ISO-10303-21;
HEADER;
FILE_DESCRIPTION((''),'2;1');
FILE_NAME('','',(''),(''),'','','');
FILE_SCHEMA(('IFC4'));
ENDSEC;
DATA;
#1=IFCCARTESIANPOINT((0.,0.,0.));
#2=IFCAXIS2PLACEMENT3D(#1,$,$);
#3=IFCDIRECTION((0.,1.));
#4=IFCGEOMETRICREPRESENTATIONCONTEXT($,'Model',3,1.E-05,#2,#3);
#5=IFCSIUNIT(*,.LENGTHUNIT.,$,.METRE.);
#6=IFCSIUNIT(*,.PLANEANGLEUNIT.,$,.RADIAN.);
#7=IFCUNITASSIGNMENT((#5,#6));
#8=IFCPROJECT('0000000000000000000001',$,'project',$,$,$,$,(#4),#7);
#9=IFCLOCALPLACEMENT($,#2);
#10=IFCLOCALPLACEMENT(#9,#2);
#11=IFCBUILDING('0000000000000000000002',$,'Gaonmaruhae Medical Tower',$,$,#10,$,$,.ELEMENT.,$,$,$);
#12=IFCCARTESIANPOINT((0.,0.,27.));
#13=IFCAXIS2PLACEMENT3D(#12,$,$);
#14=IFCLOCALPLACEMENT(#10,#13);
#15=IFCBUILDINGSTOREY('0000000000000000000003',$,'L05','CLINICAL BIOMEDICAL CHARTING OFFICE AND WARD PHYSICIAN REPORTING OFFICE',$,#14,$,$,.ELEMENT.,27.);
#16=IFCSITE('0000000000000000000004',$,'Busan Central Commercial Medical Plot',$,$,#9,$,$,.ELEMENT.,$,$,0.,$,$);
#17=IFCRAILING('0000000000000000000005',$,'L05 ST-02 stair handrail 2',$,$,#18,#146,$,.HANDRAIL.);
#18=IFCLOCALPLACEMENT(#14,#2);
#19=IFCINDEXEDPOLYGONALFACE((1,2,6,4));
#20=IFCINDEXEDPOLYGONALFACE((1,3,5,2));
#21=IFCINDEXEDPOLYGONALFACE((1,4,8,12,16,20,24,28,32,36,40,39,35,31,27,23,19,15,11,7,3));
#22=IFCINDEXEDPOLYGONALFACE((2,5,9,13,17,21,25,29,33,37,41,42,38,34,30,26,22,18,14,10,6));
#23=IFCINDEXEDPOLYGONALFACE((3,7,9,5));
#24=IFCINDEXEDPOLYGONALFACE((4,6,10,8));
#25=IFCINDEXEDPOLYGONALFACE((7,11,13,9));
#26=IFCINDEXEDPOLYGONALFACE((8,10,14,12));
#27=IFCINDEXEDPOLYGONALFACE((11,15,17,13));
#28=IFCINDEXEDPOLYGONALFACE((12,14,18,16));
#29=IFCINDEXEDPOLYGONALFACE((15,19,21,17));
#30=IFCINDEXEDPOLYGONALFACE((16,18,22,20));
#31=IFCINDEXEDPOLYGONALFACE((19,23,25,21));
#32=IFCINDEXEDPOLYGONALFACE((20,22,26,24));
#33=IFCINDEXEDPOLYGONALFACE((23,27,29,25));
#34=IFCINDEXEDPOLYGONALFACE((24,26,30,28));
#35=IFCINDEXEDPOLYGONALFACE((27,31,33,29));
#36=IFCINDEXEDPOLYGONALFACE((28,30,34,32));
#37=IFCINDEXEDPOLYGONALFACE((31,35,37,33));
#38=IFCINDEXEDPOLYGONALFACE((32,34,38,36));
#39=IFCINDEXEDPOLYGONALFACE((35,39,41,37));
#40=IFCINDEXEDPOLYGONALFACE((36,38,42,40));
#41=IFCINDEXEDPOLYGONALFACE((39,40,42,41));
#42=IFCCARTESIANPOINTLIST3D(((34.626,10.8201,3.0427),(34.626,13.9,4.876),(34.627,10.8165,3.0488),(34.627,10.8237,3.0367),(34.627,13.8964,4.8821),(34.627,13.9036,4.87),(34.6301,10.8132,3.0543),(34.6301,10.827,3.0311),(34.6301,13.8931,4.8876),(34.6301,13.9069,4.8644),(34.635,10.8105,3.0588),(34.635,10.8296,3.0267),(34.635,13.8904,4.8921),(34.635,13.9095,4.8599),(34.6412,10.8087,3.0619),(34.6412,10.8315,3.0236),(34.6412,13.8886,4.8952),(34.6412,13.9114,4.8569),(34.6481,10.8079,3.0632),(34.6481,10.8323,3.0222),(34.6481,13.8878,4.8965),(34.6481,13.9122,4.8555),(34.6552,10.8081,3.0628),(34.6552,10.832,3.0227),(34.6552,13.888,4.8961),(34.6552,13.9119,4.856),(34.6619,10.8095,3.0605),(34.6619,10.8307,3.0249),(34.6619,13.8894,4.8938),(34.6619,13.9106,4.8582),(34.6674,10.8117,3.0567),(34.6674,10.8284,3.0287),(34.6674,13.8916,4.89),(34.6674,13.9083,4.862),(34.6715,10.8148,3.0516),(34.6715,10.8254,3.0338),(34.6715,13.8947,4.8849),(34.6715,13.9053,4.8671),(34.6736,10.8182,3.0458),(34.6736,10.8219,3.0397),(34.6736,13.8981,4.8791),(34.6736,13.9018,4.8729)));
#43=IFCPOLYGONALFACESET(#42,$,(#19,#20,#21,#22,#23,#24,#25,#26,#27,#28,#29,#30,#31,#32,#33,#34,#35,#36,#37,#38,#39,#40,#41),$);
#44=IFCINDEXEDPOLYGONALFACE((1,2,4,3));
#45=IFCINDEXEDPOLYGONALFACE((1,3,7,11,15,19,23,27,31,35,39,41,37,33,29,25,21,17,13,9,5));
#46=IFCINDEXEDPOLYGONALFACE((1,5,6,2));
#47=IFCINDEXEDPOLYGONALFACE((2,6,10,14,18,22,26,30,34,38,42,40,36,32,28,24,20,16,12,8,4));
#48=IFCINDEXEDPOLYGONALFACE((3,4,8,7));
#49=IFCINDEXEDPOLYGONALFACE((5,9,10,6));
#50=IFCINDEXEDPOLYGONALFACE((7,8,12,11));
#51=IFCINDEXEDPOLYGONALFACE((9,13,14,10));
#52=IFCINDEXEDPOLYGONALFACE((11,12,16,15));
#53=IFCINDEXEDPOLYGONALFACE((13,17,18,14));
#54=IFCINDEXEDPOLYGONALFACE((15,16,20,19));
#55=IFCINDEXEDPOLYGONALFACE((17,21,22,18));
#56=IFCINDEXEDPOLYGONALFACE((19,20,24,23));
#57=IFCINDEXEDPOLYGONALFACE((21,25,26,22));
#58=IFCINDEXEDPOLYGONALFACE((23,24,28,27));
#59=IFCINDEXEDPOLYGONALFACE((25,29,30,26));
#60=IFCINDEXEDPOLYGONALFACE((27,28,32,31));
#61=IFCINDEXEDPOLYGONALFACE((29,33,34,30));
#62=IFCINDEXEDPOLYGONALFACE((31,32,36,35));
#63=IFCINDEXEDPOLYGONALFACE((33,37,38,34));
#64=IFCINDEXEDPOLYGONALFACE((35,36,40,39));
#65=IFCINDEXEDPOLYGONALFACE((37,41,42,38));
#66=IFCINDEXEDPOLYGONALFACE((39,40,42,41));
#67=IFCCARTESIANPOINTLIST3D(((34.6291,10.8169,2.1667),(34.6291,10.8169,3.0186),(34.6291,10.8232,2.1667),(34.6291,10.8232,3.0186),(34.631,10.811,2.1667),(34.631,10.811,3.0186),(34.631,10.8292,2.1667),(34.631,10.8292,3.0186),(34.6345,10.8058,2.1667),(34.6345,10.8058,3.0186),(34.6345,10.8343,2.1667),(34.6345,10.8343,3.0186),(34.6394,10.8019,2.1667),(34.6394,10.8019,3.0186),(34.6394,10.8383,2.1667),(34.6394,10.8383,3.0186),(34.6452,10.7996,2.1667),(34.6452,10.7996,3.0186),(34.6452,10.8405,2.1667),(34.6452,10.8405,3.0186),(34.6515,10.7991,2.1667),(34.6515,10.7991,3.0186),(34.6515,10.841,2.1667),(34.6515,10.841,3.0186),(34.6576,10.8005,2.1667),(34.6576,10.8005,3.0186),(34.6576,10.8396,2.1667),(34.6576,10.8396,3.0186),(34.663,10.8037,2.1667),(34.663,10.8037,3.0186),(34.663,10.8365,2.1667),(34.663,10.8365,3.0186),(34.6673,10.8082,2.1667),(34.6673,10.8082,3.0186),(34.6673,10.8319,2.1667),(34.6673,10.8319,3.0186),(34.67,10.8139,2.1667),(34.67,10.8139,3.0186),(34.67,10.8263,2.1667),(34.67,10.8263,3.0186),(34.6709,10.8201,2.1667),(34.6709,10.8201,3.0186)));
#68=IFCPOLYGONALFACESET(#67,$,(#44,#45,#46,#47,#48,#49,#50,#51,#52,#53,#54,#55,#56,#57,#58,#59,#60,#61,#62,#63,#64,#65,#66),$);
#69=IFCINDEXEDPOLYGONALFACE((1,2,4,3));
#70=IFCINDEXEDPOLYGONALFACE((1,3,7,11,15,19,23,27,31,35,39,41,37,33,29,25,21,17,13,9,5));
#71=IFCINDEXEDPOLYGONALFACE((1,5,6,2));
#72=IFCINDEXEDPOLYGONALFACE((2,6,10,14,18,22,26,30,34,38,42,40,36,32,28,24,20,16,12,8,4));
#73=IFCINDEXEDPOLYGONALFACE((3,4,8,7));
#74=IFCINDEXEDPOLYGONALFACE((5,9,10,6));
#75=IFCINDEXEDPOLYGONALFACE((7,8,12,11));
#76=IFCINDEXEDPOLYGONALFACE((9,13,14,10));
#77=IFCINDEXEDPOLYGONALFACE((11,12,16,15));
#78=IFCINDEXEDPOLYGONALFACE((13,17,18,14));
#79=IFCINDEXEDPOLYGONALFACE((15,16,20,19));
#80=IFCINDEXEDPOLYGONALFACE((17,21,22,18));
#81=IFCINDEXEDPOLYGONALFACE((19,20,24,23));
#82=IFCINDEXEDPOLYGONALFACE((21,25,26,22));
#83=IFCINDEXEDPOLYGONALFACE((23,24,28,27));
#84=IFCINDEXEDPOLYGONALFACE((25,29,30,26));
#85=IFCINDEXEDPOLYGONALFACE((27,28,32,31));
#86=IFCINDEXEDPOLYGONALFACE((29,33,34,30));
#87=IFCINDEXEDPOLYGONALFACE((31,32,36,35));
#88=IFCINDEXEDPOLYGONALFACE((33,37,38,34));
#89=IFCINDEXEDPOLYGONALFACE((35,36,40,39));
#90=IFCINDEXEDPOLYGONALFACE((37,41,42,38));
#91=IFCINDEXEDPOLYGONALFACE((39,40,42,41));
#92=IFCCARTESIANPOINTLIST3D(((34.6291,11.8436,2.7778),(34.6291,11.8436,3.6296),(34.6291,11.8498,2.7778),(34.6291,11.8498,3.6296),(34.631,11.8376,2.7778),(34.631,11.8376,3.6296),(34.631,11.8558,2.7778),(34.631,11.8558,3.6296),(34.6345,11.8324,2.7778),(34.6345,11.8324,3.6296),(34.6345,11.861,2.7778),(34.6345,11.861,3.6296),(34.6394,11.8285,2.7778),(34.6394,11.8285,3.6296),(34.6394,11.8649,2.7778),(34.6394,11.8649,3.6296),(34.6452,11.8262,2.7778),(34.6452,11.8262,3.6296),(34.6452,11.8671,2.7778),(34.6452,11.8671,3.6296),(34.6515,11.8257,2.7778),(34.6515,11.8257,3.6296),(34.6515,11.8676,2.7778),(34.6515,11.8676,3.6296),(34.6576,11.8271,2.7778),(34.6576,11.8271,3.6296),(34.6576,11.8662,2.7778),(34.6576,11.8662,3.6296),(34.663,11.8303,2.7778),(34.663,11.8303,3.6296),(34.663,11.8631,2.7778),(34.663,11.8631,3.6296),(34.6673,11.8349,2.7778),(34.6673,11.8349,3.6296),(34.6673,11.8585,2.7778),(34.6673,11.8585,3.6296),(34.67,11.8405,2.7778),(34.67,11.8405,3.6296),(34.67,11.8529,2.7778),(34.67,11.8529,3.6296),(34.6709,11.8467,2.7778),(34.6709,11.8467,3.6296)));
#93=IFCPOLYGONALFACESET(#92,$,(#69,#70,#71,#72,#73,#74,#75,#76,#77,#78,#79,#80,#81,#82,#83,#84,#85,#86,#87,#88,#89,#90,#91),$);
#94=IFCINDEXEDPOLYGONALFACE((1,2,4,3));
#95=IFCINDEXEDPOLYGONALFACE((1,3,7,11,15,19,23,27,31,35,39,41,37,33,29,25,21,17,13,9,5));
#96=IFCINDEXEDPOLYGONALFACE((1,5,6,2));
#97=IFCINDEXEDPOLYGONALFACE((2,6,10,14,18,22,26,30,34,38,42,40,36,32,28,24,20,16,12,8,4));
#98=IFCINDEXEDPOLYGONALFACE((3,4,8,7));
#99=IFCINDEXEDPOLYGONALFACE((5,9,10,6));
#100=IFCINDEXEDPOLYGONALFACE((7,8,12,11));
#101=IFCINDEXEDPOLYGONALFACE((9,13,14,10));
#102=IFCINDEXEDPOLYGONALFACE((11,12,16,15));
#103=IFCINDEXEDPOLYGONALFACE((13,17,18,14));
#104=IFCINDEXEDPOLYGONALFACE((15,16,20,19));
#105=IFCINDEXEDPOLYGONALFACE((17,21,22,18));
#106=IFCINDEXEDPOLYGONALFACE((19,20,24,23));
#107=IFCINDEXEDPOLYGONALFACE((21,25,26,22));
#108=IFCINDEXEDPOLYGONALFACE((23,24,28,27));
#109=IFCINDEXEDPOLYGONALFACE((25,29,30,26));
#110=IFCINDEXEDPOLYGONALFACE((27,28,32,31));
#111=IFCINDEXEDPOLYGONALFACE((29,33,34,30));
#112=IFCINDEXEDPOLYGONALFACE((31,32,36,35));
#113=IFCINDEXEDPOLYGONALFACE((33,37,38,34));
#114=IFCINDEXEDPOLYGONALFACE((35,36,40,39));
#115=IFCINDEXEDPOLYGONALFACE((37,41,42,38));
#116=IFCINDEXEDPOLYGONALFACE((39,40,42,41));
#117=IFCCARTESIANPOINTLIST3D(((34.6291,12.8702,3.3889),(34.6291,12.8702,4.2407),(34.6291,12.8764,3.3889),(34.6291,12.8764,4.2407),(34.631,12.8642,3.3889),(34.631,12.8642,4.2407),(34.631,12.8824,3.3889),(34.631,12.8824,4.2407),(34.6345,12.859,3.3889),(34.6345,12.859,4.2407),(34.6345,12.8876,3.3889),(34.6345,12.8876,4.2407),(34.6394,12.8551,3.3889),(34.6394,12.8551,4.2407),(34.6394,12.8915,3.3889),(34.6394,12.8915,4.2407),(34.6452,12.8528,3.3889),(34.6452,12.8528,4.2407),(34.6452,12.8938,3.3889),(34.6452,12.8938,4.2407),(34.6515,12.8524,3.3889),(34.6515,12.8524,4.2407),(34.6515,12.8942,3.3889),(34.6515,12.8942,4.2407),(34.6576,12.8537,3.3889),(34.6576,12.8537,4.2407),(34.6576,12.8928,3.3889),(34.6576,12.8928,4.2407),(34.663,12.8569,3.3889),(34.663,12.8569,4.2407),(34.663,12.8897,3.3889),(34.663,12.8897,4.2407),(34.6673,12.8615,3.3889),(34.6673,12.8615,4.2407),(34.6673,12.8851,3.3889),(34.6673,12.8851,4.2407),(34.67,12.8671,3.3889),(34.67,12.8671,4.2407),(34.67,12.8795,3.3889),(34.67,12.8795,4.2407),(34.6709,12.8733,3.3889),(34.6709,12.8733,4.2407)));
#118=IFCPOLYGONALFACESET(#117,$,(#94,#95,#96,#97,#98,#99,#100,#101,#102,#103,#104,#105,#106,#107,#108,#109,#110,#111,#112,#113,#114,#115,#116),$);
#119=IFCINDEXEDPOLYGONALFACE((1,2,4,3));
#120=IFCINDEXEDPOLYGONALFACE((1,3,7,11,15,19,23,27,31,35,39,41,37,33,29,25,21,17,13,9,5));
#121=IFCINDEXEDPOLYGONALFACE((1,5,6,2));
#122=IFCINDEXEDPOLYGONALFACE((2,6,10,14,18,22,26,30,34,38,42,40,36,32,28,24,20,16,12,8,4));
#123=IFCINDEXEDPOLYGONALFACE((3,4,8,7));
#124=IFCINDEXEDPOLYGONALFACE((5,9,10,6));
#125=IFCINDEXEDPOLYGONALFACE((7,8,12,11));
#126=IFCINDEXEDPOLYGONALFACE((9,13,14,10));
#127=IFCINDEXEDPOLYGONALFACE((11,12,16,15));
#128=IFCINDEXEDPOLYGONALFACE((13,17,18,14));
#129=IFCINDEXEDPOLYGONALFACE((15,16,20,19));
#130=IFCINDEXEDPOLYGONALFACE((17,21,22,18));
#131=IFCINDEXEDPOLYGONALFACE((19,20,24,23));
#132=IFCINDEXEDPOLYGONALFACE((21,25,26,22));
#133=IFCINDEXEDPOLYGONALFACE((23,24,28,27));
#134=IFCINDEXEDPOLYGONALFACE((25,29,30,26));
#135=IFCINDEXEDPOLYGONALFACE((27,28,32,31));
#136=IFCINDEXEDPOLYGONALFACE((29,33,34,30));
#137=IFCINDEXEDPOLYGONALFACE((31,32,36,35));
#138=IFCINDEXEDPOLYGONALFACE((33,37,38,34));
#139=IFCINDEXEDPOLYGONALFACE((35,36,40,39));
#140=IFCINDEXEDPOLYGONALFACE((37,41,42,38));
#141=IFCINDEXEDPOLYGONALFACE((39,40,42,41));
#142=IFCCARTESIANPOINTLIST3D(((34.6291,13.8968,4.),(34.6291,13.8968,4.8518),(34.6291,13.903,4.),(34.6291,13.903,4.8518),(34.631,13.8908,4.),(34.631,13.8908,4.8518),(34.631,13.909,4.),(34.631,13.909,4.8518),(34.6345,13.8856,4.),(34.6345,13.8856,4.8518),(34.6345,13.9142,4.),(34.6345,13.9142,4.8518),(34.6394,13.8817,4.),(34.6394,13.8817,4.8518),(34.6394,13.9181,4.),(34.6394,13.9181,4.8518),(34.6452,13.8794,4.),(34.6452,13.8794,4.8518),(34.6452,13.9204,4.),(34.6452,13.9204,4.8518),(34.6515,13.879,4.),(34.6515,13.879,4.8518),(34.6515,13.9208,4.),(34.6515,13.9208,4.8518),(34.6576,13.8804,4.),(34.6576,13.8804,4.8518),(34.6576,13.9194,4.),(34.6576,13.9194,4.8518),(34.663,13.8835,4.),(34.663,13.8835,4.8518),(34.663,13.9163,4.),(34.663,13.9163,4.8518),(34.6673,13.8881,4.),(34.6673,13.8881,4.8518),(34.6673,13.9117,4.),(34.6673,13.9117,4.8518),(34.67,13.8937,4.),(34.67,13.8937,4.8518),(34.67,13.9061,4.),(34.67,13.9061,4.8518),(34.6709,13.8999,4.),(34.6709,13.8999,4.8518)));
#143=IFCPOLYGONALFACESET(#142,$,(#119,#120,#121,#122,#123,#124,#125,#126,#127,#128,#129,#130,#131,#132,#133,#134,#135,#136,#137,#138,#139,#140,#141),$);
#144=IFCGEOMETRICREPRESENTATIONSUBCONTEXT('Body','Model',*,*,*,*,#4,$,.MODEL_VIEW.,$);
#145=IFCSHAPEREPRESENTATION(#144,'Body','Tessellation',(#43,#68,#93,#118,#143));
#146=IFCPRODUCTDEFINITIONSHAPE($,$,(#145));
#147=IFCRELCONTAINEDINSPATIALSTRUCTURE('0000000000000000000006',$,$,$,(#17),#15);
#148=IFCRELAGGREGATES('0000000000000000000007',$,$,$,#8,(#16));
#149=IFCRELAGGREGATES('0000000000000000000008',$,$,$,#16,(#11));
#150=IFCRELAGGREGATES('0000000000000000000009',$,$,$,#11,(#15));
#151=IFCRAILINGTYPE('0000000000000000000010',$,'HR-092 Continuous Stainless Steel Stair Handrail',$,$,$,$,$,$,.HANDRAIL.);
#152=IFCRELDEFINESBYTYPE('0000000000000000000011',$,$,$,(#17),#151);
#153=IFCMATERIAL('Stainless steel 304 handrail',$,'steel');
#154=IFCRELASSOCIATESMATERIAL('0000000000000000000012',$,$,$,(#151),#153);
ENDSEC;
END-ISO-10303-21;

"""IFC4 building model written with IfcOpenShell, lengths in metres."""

from ifc_helpers import new_model, si_unit, direction, frame, origin, origin_2d, place, context, subcontext, project, spatial, circle, extrude, material, type_object, element, save


model = new_model("IFC4")

# Units and contexts
model_context = context("Model", 3, precision=1e-05, world=origin(), true_north=direction((0.0, 1.0)))
body_context = subcontext(model_context, "Body", "Model", "MODEL_VIEW")
ifc_project = project(units=[si_unit("LENGTHUNIT", "METRE"), si_unit("PLANEANGLEUNIT", "RADIAN")], contexts=[model_context])

# Site, building, storey
site_placement = place(None, origin())
site = spatial("IfcSite", under=ifc_project, at=site_placement, Name="Busan Central Commercial Medical Plot", CompositionType="ELEMENT", RefElevation=0.0)
building_placement = place(site_placement, origin())
building = spatial("IfcBuilding", under=site, at=building_placement, Name="Gaonmaruhae Medical Tower", CompositionType="ELEMENT")
storey_placement = place(building_placement, frame((0.0, 0.0, 27.0)))
storey = spatial("IfcBuildingStorey", under=building, at=storey_placement, Name="L05", Description="CLINICAL BIOMEDICAL CHARTING OFFICE AND WARD PHYSICIAN REPORTING OFFICE", CompositionType="ELEMENT", Elevation=27.0)

# Railing
ifc_material_1 = material(Name="Stainless steel 304 handrail", Category="steel")
railing_type_1 = type_object("IfcRailingType", Name="HR-092 Continuous Stainless Steel Stair Handrail", PredefinedType="HANDRAIL", material=ifc_material_1)
railing_1_placement = place(storey_placement, frame((34.6499, 10.8201, 2.1667)))
element("IfcRailing", 1, at=railing_1_placement, inside=storey, type_object=railing_type_1, Name="L05 ST-02 stair handrail 2", PredefinedType="HANDRAIL", context=body_context, shape_type="SweptSolid", body=[
    extrude(circle(Radius=0.0239, at=origin_2d()), frame((0.0, 0.0, 0.876), z_axis=(0.0, 0.859291, 0.511487), x_axis=(-1.0, 0.0, 0.0)), (0.0, 0.0, 1.0), 3.5842),
    extrude(circle(Radius=0.021, at=origin_2d()), origin(), (0.0, 0.0, 1.0), 0.8518),
    extrude(circle(Radius=0.021, at=origin_2d()), frame((0.0, 1.0266, 0.6111)), (0.0, 0.0, 1.0), 0.8518),
    extrude(circle(Radius=0.021, at=origin_2d()), frame((0.0, 2.0532, 1.2222)), (0.0, 0.0, 1.0), 0.8518),
    extrude(circle(Radius=0.021, at=origin_2d()), frame((0.0, 3.0798, 1.8333)), (0.0, 0.0, 1.0), 0.8518),
])

save(model, "model.ifc")
